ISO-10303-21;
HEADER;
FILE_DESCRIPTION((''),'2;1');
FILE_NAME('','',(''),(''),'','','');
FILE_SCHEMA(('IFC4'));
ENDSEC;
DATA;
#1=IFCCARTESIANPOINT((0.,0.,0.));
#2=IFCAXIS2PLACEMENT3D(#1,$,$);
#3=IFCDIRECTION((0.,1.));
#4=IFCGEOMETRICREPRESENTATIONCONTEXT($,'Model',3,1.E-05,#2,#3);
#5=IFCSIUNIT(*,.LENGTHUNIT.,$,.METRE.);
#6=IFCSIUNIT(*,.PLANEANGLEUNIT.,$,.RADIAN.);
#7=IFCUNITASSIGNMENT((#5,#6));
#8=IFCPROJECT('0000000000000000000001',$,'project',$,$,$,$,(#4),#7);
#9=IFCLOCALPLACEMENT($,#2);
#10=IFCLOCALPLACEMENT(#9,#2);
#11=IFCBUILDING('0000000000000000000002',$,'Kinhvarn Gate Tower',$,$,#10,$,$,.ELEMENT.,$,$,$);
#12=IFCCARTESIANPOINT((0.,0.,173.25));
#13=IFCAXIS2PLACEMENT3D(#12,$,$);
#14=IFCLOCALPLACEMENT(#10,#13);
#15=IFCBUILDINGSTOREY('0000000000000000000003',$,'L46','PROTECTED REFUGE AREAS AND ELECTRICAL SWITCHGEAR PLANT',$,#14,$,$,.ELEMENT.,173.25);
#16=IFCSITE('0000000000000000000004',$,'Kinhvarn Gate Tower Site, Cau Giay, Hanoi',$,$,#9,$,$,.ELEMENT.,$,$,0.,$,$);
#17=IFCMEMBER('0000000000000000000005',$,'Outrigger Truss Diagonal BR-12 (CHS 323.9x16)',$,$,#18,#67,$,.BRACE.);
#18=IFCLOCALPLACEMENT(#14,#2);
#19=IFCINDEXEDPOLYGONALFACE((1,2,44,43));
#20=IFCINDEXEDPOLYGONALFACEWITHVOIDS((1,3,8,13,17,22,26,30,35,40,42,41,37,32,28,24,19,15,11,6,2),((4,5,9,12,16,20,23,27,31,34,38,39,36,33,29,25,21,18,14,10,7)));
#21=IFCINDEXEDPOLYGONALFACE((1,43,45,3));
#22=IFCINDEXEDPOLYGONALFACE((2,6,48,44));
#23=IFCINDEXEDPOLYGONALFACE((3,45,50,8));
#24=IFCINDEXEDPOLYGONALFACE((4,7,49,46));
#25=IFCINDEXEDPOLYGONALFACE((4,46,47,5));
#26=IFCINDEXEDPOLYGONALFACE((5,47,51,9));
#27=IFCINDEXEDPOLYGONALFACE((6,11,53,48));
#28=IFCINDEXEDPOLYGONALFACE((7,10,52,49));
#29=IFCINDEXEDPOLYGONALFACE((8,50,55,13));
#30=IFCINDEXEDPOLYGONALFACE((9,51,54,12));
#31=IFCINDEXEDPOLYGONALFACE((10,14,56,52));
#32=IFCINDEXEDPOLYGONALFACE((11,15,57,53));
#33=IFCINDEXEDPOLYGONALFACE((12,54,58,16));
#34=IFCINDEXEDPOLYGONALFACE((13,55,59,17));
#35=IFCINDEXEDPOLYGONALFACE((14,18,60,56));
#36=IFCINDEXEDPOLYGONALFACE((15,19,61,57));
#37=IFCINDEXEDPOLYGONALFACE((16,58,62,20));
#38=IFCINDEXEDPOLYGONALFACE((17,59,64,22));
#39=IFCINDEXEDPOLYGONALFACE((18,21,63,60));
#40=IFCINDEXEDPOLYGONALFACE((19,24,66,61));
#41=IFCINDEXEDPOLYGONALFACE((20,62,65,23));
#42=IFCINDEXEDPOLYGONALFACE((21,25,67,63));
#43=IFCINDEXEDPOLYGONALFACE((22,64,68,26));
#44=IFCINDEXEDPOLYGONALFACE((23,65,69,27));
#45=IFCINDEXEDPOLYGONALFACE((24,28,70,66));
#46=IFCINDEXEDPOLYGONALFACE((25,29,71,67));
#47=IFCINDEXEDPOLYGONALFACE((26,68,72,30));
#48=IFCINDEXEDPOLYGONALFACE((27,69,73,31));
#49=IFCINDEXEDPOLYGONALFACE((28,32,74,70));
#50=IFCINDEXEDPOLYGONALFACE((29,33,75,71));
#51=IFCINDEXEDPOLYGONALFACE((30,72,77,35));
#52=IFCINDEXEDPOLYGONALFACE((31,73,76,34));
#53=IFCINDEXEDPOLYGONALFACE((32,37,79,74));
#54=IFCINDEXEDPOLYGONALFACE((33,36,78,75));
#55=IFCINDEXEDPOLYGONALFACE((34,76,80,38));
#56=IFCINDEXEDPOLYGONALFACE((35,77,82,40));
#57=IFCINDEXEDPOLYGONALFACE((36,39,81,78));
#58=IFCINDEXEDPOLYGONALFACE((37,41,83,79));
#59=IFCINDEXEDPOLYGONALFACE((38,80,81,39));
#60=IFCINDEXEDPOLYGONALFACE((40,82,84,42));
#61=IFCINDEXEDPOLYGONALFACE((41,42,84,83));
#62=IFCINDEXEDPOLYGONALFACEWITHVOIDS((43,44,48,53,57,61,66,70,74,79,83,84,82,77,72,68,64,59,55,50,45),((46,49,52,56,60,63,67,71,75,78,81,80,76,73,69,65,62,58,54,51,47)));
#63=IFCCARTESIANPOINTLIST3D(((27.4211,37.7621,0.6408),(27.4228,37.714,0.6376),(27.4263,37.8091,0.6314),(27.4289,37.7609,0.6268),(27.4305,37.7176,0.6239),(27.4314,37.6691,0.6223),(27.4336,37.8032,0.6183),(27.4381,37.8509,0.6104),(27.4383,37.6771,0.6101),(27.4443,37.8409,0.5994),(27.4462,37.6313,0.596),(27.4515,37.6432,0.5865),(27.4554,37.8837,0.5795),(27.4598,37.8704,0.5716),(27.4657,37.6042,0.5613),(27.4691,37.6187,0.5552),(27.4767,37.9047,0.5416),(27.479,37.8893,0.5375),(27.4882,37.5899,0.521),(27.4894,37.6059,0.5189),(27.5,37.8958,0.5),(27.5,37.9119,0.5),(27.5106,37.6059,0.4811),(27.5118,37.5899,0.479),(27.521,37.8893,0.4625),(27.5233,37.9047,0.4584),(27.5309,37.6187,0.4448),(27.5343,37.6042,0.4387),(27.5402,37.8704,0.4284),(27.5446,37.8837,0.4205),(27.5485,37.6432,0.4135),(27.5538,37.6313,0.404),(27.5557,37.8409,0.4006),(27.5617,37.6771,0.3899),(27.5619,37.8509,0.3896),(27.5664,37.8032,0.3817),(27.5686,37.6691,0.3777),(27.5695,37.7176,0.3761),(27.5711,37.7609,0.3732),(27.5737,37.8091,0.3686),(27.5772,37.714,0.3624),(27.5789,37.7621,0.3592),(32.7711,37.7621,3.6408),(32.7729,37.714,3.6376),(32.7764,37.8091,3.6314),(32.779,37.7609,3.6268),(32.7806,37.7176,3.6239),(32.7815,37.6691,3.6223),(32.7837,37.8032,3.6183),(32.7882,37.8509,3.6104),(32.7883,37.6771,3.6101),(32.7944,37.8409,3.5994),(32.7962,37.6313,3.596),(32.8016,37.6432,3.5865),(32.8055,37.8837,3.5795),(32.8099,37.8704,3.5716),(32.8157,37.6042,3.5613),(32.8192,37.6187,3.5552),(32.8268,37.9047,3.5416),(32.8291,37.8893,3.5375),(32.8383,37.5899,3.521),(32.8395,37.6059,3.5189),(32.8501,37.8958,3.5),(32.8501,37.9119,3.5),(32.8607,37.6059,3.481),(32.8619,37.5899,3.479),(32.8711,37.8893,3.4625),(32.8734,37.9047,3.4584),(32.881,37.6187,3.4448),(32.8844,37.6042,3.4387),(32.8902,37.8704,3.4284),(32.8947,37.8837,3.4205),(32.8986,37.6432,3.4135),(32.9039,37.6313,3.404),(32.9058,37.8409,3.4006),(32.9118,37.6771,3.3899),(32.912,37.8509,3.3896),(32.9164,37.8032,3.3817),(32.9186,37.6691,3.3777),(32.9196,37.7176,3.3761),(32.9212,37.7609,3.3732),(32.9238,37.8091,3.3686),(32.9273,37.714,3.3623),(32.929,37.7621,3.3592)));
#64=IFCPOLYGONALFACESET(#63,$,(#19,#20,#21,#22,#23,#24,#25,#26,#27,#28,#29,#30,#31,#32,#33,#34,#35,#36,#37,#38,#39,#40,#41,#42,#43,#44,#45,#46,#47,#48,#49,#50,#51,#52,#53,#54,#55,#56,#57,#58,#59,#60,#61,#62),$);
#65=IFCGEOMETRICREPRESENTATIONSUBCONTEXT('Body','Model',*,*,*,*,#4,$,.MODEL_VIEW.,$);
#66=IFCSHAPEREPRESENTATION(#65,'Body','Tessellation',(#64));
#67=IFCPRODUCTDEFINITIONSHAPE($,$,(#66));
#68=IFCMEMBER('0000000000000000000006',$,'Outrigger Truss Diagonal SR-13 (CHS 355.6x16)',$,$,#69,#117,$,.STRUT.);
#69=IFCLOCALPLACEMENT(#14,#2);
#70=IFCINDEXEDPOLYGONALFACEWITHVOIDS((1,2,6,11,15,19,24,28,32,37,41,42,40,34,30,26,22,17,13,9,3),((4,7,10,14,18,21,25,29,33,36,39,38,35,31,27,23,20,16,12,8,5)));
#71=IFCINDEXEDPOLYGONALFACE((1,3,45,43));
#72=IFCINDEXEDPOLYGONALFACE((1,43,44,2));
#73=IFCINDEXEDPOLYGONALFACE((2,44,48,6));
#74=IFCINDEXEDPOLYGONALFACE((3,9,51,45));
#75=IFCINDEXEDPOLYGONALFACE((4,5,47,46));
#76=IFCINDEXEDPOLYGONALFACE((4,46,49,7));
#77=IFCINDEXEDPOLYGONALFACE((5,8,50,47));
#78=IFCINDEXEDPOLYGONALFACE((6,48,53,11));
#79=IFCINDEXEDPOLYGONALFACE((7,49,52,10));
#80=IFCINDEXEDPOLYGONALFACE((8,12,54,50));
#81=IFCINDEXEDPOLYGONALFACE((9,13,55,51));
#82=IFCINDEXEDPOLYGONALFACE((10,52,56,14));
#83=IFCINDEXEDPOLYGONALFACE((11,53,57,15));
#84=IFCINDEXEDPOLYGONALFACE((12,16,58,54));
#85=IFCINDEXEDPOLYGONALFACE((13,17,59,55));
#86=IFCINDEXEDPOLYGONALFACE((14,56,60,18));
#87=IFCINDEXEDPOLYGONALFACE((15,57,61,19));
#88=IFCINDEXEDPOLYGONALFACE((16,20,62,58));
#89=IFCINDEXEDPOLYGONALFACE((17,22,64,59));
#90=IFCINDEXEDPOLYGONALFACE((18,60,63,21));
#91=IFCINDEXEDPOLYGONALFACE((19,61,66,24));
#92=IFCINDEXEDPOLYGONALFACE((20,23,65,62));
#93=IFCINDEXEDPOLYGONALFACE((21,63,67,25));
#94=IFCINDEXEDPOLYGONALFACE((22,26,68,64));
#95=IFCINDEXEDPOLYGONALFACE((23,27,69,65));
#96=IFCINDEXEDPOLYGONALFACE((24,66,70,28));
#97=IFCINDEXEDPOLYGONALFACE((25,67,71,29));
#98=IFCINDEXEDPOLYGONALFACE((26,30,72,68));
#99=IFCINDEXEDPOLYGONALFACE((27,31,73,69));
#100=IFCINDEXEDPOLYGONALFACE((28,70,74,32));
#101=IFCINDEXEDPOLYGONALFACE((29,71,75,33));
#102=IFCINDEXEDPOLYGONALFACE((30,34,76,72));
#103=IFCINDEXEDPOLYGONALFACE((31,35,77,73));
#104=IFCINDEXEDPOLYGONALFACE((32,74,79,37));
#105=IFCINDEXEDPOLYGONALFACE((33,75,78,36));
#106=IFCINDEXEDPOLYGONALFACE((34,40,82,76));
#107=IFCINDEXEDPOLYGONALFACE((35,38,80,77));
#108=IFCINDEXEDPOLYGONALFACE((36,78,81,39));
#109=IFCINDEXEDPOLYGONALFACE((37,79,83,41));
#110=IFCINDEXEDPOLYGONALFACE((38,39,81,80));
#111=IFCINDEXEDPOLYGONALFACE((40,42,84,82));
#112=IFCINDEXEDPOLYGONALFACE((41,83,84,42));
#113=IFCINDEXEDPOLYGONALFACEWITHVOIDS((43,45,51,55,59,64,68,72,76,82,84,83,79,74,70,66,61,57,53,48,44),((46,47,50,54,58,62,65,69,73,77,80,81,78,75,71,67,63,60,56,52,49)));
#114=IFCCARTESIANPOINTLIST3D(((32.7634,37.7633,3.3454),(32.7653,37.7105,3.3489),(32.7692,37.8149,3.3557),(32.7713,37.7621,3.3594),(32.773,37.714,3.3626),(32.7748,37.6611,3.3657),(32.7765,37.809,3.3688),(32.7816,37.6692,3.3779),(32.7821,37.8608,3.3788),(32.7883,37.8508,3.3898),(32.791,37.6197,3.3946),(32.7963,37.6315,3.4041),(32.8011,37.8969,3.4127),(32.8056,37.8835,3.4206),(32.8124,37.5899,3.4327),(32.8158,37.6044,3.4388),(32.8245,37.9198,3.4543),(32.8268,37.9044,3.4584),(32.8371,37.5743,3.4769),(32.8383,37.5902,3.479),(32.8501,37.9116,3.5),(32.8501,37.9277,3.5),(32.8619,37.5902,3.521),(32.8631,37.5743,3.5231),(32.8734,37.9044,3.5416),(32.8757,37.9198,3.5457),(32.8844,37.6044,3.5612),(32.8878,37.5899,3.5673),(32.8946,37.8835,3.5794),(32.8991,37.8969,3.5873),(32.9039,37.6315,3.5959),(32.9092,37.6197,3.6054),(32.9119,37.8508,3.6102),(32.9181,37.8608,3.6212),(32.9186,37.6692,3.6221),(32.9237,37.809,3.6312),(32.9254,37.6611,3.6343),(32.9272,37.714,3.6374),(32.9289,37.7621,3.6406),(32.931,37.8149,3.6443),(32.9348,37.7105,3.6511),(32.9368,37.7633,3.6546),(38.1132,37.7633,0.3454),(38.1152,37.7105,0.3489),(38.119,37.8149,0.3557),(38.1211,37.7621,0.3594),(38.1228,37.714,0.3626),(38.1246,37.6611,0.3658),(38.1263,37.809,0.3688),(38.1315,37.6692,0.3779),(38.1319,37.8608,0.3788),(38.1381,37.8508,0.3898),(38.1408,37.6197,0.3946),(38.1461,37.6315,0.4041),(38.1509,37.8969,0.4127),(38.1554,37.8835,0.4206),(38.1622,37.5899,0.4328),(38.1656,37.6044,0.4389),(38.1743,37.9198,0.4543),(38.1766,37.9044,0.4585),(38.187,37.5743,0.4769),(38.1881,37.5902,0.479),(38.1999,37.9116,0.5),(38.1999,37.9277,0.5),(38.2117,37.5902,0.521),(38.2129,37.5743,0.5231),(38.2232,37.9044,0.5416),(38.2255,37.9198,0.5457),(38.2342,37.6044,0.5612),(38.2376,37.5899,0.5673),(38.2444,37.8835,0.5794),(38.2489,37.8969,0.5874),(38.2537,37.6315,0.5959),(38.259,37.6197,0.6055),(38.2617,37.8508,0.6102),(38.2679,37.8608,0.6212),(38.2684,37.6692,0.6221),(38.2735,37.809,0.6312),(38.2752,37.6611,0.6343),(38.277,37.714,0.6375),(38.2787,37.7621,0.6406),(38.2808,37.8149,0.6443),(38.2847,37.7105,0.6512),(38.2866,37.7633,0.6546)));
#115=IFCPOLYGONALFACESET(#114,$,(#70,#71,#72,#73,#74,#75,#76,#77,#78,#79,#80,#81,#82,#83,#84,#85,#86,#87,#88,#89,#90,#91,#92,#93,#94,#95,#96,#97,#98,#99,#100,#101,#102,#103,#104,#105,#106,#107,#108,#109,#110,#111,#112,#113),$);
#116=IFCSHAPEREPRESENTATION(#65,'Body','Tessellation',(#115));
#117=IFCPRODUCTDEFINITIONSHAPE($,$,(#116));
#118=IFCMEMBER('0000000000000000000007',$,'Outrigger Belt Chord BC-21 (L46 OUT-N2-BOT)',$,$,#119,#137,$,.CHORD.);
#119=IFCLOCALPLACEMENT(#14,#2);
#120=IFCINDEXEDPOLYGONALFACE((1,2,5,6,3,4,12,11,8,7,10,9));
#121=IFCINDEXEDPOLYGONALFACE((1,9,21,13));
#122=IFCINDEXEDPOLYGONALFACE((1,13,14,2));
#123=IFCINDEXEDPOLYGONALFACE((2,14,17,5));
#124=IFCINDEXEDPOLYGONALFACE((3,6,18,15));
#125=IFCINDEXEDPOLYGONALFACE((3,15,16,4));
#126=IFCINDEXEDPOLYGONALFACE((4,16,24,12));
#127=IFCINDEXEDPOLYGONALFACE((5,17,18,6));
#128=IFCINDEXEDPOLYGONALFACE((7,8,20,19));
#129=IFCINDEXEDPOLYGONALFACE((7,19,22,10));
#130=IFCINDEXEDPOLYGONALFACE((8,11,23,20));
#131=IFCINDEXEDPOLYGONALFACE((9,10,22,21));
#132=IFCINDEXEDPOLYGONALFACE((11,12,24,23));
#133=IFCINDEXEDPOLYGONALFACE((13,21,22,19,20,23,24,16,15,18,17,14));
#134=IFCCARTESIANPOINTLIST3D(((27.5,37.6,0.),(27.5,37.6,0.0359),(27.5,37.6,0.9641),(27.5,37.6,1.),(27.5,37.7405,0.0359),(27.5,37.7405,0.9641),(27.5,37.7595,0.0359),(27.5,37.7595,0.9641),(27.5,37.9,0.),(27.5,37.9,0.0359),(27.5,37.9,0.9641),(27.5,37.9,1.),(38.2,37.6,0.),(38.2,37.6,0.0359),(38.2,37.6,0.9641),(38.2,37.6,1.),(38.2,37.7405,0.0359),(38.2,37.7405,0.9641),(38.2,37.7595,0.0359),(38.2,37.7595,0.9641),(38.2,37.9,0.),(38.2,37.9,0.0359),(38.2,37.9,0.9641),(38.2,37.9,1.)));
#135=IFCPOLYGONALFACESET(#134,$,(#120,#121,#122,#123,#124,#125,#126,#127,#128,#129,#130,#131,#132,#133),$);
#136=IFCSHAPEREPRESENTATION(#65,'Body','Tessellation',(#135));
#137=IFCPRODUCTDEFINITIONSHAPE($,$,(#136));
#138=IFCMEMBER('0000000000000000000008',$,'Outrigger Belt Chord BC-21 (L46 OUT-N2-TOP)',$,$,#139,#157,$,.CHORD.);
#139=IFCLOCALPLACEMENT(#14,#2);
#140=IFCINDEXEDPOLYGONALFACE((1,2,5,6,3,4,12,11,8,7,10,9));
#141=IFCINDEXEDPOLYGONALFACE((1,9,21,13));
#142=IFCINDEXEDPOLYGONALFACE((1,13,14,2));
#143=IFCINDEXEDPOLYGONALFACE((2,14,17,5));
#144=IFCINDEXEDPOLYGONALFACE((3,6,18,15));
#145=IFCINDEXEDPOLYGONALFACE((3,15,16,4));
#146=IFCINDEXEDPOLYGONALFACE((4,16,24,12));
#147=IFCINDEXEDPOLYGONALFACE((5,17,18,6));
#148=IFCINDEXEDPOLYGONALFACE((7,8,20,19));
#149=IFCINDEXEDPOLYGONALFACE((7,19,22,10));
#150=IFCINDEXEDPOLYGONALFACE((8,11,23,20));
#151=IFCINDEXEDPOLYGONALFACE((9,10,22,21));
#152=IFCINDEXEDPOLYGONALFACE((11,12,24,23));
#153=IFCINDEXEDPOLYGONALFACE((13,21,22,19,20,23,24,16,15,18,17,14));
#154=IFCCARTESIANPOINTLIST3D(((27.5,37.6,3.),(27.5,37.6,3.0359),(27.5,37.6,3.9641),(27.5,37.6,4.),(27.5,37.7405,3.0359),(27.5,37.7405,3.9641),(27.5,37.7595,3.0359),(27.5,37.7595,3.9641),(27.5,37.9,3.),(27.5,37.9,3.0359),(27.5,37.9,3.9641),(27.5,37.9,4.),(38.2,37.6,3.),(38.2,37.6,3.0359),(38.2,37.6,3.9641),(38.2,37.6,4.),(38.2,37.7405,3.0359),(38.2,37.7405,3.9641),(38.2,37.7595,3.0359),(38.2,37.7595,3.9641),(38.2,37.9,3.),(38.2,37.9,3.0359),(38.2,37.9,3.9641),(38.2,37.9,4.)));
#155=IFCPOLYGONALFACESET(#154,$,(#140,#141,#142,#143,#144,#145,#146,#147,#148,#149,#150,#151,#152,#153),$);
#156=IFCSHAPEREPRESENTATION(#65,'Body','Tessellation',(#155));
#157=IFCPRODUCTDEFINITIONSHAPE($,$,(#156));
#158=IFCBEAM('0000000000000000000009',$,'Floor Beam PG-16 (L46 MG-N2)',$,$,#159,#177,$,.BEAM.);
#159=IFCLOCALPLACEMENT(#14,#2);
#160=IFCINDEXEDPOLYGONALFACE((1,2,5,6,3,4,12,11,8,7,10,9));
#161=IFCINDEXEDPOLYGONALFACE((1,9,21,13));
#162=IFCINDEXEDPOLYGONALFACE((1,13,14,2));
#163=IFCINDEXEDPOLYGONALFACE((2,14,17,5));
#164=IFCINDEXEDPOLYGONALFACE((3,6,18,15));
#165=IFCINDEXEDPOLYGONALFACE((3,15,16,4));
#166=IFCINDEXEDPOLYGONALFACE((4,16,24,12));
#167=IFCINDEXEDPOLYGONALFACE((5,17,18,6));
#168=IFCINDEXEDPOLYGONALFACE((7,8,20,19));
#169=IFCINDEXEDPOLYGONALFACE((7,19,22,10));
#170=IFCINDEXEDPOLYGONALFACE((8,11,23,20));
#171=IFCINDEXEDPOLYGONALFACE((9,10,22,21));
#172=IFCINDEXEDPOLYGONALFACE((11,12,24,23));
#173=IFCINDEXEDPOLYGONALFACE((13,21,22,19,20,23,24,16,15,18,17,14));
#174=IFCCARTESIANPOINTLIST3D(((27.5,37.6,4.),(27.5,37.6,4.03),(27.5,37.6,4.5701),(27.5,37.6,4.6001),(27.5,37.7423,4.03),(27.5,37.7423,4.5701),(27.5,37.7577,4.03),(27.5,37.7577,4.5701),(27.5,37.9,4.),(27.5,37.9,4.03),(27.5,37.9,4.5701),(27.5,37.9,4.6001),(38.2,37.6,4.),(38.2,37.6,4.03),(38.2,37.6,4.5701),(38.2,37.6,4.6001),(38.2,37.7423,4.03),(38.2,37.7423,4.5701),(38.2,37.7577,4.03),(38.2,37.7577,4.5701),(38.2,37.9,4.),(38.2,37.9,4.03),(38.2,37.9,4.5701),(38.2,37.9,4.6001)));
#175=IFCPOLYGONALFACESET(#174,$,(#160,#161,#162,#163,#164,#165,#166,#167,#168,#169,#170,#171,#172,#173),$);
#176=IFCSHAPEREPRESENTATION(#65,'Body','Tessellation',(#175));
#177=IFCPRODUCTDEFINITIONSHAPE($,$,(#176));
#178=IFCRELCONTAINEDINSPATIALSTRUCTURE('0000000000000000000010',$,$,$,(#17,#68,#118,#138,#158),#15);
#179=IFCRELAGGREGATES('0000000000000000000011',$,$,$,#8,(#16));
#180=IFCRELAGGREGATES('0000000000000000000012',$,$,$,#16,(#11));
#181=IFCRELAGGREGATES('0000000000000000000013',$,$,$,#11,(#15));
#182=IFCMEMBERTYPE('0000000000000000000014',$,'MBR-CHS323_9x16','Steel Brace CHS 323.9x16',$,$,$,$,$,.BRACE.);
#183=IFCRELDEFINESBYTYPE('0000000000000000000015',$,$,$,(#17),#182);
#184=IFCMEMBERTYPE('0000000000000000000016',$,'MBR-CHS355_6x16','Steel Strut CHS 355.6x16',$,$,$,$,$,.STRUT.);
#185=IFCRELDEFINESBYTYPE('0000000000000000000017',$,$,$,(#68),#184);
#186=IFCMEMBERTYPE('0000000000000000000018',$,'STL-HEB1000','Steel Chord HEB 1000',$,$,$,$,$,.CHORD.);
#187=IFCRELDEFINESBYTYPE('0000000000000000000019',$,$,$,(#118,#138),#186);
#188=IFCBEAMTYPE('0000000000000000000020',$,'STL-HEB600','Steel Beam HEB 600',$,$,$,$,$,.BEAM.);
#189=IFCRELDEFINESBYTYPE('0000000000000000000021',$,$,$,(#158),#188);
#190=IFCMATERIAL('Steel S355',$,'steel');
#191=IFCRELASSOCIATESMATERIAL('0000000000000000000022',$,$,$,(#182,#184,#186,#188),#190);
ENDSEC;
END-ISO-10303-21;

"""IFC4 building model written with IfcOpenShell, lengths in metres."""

from ifc_helpers import new_model, si_unit, direction, frame, origin, origin_2d, place, context, subcontext, project, spatial, hollow_circle, i_section, extrude, material, material_profile, profile_set, type_object, element, save


model = new_model("IFC4")

# Units and contexts
model_context = context("Model", 3, precision=1e-05, world=origin(), true_north=direction((0.0, 1.0)))
body_context = subcontext(model_context, "Body", "Model", "MODEL_VIEW")
ifc_project = project(units=[si_unit("LENGTHUNIT", "METRE"), si_unit("PLANEANGLEUNIT", "RADIAN")], contexts=[model_context])

# Site, building, storey
site_placement = place(None, origin())
site = spatial("IfcSite", under=ifc_project, at=site_placement, Name="Kinhvarn Gate Tower Site, Cau Giay, Hanoi", CompositionType="ELEMENT", RefElevation=0.0)
building_placement = place(site_placement, origin())
building = spatial("IfcBuilding", under=site, at=building_placement, Name="Kinhvarn Gate Tower", CompositionType="ELEMENT")
storey_placement = place(building_placement, frame((0.0, 0.0, 173.25)))
storey = spatial("IfcBuildingStorey", under=building, at=storey_placement, Name="L46", Description="PROTECTED REFUGE AREAS AND ELECTRICAL SWITCHGEAR PLANT", CompositionType="ELEMENT", Elevation=173.25)

# Members
ifc_material_1 = material(Name="Steel S355", Category="steel")
ifc_material_profile_1 = material_profile(ifc_material_1, hollow_circle(Radius=0.1619, WallThickness=0.0161, at=origin_2d()), Name="CHS 323.9x16")
ifc_profile_set_1 = profile_set([ifc_material_profile_1], Name="Steel S355")
member_type_1 = type_object("IfcMemberType", Name="MBR-CHS323_9x16", Description="Steel Brace CHS 323.9x16", PredefinedType="BRACE", material=ifc_profile_set_1)
member_1_placement = place(storey_placement, frame((27.5, 37.75, 0.5), z_axis=(0.872232, 0.0, 0.489093), x_axis=(0.0, 1.0, 0.0)))
element("IfcMember", 1, at=member_1_placement, inside=storey, type_object=member_type_1, Name="Outrigger Truss Diagonal BR-12 (CHS 323.9x16)", PredefinedType="BRACE", context=body_context, shape_type="SweptSolid", body=[
    extrude(hollow_circle(Radius=0.1619, WallThickness=0.0161, at=origin_2d()), origin(), (0.0, 0.0, 1.0), 6.1338),
])
ifc_material_profile_2 = material_profile(ifc_material_1, hollow_circle(Radius=0.1777, WallThickness=0.0161, at=origin_2d()), Name="CHS 355.6x16")
ifc_profile_set_2 = profile_set([ifc_material_profile_2], Name="Steel S355")
member_type_2 = type_object("IfcMemberType", Name="MBR-CHS355_6x16", Description="Steel Strut CHS 355.6x16", PredefinedType="STRUT", material=ifc_profile_set_2)
member_2_placement = place(storey_placement, frame((32.8501, 37.75, 3.5), z_axis=(0.872222, 0.0, -0.48911), x_axis=(0.0, 1.0, 0.0)))
element("IfcMember", 2, at=member_2_placement, inside=storey, type_object=member_type_2, Name="Outrigger Truss Diagonal SR-13 (CHS 355.6x16)", PredefinedType="STRUT", context=body_context, shape_type="SweptSolid", body=[
    extrude(hollow_circle(Radius=0.1777, WallThickness=0.0161, at=origin_2d()), origin(), (0.0, 0.0, 1.0), 6.1335),
])
ifc_material_profile_3 = material_profile(ifc_material_1, i_section(OverallWidth=0.3, OverallDepth=1.0, WebThickness=0.019, FlangeThickness=0.0359, at=origin_2d()), Name="HEB 1000")
ifc_profile_set_3 = profile_set([ifc_material_profile_3], Name="Steel S355")
member_type_3 = type_object("IfcMemberType", Name="STL-HEB1000", Description="Steel Chord HEB 1000", PredefinedType="CHORD", material=ifc_profile_set_3)
for number, where, z_axis, x_axis, name in (
    (3, (27.5, 37.75, 0.5), (1.0, 0.0, 0.0), (0.0, 1.0, 0.0), "Outrigger Belt Chord BC-21 (L46 OUT-N2-BOT)"),
    (4, (27.5, 37.75, 3.5), (1.0, 0.0, 0.0), (0.0, 1.0, 0.0), "Outrigger Belt Chord BC-21 (L46 OUT-N2-TOP)"),
):
    element("IfcMember", number, at=place(storey_placement, frame(where, z_axis=z_axis, x_axis=x_axis)), inside=storey, type_object=member_type_3, Name=name, PredefinedType="CHORD", context=body_context, shape_type="SweptSolid", body=[
        extrude(i_section(OverallWidth=0.3, OverallDepth=1.0, WebThickness=0.019, FlangeThickness=0.0359, at=origin_2d()), origin(), (0.0, 0.0, 1.0), 10.7),
    ])

# Beam
ifc_material_profile_4 = material_profile(ifc_material_1, i_section(OverallWidth=0.3, OverallDepth=0.6001, WebThickness=0.0154, FlangeThickness=0.03, at=origin_2d()), Name="HEB 600")
ifc_profile_set_4 = profile_set([ifc_material_profile_4], Name="Steel S355")
beam_type_1 = type_object("IfcBeamType", Name="STL-HEB600", Description="Steel Beam HEB 600", PredefinedType="BEAM", material=ifc_profile_set_4)
beam_1_placement = place(storey_placement, frame((27.5, 37.75, 4.3), z_axis=(1.0, 0.0, 0.0), x_axis=(0.0, 1.0, 0.0)))
element("IfcBeam", 5, at=beam_1_placement, inside=storey, type_object=beam_type_1, Name="Floor Beam PG-16 (L46 MG-N2)", PredefinedType="BEAM", context=body_context, shape_type="SweptSolid", body=[
    extrude(i_section(OverallWidth=0.3, OverallDepth=0.6001, WebThickness=0.0154, FlangeThickness=0.03, at=origin_2d()), origin(), (0.0, 0.0, 1.0), 10.7),
])

save(model, "model.ifc")
